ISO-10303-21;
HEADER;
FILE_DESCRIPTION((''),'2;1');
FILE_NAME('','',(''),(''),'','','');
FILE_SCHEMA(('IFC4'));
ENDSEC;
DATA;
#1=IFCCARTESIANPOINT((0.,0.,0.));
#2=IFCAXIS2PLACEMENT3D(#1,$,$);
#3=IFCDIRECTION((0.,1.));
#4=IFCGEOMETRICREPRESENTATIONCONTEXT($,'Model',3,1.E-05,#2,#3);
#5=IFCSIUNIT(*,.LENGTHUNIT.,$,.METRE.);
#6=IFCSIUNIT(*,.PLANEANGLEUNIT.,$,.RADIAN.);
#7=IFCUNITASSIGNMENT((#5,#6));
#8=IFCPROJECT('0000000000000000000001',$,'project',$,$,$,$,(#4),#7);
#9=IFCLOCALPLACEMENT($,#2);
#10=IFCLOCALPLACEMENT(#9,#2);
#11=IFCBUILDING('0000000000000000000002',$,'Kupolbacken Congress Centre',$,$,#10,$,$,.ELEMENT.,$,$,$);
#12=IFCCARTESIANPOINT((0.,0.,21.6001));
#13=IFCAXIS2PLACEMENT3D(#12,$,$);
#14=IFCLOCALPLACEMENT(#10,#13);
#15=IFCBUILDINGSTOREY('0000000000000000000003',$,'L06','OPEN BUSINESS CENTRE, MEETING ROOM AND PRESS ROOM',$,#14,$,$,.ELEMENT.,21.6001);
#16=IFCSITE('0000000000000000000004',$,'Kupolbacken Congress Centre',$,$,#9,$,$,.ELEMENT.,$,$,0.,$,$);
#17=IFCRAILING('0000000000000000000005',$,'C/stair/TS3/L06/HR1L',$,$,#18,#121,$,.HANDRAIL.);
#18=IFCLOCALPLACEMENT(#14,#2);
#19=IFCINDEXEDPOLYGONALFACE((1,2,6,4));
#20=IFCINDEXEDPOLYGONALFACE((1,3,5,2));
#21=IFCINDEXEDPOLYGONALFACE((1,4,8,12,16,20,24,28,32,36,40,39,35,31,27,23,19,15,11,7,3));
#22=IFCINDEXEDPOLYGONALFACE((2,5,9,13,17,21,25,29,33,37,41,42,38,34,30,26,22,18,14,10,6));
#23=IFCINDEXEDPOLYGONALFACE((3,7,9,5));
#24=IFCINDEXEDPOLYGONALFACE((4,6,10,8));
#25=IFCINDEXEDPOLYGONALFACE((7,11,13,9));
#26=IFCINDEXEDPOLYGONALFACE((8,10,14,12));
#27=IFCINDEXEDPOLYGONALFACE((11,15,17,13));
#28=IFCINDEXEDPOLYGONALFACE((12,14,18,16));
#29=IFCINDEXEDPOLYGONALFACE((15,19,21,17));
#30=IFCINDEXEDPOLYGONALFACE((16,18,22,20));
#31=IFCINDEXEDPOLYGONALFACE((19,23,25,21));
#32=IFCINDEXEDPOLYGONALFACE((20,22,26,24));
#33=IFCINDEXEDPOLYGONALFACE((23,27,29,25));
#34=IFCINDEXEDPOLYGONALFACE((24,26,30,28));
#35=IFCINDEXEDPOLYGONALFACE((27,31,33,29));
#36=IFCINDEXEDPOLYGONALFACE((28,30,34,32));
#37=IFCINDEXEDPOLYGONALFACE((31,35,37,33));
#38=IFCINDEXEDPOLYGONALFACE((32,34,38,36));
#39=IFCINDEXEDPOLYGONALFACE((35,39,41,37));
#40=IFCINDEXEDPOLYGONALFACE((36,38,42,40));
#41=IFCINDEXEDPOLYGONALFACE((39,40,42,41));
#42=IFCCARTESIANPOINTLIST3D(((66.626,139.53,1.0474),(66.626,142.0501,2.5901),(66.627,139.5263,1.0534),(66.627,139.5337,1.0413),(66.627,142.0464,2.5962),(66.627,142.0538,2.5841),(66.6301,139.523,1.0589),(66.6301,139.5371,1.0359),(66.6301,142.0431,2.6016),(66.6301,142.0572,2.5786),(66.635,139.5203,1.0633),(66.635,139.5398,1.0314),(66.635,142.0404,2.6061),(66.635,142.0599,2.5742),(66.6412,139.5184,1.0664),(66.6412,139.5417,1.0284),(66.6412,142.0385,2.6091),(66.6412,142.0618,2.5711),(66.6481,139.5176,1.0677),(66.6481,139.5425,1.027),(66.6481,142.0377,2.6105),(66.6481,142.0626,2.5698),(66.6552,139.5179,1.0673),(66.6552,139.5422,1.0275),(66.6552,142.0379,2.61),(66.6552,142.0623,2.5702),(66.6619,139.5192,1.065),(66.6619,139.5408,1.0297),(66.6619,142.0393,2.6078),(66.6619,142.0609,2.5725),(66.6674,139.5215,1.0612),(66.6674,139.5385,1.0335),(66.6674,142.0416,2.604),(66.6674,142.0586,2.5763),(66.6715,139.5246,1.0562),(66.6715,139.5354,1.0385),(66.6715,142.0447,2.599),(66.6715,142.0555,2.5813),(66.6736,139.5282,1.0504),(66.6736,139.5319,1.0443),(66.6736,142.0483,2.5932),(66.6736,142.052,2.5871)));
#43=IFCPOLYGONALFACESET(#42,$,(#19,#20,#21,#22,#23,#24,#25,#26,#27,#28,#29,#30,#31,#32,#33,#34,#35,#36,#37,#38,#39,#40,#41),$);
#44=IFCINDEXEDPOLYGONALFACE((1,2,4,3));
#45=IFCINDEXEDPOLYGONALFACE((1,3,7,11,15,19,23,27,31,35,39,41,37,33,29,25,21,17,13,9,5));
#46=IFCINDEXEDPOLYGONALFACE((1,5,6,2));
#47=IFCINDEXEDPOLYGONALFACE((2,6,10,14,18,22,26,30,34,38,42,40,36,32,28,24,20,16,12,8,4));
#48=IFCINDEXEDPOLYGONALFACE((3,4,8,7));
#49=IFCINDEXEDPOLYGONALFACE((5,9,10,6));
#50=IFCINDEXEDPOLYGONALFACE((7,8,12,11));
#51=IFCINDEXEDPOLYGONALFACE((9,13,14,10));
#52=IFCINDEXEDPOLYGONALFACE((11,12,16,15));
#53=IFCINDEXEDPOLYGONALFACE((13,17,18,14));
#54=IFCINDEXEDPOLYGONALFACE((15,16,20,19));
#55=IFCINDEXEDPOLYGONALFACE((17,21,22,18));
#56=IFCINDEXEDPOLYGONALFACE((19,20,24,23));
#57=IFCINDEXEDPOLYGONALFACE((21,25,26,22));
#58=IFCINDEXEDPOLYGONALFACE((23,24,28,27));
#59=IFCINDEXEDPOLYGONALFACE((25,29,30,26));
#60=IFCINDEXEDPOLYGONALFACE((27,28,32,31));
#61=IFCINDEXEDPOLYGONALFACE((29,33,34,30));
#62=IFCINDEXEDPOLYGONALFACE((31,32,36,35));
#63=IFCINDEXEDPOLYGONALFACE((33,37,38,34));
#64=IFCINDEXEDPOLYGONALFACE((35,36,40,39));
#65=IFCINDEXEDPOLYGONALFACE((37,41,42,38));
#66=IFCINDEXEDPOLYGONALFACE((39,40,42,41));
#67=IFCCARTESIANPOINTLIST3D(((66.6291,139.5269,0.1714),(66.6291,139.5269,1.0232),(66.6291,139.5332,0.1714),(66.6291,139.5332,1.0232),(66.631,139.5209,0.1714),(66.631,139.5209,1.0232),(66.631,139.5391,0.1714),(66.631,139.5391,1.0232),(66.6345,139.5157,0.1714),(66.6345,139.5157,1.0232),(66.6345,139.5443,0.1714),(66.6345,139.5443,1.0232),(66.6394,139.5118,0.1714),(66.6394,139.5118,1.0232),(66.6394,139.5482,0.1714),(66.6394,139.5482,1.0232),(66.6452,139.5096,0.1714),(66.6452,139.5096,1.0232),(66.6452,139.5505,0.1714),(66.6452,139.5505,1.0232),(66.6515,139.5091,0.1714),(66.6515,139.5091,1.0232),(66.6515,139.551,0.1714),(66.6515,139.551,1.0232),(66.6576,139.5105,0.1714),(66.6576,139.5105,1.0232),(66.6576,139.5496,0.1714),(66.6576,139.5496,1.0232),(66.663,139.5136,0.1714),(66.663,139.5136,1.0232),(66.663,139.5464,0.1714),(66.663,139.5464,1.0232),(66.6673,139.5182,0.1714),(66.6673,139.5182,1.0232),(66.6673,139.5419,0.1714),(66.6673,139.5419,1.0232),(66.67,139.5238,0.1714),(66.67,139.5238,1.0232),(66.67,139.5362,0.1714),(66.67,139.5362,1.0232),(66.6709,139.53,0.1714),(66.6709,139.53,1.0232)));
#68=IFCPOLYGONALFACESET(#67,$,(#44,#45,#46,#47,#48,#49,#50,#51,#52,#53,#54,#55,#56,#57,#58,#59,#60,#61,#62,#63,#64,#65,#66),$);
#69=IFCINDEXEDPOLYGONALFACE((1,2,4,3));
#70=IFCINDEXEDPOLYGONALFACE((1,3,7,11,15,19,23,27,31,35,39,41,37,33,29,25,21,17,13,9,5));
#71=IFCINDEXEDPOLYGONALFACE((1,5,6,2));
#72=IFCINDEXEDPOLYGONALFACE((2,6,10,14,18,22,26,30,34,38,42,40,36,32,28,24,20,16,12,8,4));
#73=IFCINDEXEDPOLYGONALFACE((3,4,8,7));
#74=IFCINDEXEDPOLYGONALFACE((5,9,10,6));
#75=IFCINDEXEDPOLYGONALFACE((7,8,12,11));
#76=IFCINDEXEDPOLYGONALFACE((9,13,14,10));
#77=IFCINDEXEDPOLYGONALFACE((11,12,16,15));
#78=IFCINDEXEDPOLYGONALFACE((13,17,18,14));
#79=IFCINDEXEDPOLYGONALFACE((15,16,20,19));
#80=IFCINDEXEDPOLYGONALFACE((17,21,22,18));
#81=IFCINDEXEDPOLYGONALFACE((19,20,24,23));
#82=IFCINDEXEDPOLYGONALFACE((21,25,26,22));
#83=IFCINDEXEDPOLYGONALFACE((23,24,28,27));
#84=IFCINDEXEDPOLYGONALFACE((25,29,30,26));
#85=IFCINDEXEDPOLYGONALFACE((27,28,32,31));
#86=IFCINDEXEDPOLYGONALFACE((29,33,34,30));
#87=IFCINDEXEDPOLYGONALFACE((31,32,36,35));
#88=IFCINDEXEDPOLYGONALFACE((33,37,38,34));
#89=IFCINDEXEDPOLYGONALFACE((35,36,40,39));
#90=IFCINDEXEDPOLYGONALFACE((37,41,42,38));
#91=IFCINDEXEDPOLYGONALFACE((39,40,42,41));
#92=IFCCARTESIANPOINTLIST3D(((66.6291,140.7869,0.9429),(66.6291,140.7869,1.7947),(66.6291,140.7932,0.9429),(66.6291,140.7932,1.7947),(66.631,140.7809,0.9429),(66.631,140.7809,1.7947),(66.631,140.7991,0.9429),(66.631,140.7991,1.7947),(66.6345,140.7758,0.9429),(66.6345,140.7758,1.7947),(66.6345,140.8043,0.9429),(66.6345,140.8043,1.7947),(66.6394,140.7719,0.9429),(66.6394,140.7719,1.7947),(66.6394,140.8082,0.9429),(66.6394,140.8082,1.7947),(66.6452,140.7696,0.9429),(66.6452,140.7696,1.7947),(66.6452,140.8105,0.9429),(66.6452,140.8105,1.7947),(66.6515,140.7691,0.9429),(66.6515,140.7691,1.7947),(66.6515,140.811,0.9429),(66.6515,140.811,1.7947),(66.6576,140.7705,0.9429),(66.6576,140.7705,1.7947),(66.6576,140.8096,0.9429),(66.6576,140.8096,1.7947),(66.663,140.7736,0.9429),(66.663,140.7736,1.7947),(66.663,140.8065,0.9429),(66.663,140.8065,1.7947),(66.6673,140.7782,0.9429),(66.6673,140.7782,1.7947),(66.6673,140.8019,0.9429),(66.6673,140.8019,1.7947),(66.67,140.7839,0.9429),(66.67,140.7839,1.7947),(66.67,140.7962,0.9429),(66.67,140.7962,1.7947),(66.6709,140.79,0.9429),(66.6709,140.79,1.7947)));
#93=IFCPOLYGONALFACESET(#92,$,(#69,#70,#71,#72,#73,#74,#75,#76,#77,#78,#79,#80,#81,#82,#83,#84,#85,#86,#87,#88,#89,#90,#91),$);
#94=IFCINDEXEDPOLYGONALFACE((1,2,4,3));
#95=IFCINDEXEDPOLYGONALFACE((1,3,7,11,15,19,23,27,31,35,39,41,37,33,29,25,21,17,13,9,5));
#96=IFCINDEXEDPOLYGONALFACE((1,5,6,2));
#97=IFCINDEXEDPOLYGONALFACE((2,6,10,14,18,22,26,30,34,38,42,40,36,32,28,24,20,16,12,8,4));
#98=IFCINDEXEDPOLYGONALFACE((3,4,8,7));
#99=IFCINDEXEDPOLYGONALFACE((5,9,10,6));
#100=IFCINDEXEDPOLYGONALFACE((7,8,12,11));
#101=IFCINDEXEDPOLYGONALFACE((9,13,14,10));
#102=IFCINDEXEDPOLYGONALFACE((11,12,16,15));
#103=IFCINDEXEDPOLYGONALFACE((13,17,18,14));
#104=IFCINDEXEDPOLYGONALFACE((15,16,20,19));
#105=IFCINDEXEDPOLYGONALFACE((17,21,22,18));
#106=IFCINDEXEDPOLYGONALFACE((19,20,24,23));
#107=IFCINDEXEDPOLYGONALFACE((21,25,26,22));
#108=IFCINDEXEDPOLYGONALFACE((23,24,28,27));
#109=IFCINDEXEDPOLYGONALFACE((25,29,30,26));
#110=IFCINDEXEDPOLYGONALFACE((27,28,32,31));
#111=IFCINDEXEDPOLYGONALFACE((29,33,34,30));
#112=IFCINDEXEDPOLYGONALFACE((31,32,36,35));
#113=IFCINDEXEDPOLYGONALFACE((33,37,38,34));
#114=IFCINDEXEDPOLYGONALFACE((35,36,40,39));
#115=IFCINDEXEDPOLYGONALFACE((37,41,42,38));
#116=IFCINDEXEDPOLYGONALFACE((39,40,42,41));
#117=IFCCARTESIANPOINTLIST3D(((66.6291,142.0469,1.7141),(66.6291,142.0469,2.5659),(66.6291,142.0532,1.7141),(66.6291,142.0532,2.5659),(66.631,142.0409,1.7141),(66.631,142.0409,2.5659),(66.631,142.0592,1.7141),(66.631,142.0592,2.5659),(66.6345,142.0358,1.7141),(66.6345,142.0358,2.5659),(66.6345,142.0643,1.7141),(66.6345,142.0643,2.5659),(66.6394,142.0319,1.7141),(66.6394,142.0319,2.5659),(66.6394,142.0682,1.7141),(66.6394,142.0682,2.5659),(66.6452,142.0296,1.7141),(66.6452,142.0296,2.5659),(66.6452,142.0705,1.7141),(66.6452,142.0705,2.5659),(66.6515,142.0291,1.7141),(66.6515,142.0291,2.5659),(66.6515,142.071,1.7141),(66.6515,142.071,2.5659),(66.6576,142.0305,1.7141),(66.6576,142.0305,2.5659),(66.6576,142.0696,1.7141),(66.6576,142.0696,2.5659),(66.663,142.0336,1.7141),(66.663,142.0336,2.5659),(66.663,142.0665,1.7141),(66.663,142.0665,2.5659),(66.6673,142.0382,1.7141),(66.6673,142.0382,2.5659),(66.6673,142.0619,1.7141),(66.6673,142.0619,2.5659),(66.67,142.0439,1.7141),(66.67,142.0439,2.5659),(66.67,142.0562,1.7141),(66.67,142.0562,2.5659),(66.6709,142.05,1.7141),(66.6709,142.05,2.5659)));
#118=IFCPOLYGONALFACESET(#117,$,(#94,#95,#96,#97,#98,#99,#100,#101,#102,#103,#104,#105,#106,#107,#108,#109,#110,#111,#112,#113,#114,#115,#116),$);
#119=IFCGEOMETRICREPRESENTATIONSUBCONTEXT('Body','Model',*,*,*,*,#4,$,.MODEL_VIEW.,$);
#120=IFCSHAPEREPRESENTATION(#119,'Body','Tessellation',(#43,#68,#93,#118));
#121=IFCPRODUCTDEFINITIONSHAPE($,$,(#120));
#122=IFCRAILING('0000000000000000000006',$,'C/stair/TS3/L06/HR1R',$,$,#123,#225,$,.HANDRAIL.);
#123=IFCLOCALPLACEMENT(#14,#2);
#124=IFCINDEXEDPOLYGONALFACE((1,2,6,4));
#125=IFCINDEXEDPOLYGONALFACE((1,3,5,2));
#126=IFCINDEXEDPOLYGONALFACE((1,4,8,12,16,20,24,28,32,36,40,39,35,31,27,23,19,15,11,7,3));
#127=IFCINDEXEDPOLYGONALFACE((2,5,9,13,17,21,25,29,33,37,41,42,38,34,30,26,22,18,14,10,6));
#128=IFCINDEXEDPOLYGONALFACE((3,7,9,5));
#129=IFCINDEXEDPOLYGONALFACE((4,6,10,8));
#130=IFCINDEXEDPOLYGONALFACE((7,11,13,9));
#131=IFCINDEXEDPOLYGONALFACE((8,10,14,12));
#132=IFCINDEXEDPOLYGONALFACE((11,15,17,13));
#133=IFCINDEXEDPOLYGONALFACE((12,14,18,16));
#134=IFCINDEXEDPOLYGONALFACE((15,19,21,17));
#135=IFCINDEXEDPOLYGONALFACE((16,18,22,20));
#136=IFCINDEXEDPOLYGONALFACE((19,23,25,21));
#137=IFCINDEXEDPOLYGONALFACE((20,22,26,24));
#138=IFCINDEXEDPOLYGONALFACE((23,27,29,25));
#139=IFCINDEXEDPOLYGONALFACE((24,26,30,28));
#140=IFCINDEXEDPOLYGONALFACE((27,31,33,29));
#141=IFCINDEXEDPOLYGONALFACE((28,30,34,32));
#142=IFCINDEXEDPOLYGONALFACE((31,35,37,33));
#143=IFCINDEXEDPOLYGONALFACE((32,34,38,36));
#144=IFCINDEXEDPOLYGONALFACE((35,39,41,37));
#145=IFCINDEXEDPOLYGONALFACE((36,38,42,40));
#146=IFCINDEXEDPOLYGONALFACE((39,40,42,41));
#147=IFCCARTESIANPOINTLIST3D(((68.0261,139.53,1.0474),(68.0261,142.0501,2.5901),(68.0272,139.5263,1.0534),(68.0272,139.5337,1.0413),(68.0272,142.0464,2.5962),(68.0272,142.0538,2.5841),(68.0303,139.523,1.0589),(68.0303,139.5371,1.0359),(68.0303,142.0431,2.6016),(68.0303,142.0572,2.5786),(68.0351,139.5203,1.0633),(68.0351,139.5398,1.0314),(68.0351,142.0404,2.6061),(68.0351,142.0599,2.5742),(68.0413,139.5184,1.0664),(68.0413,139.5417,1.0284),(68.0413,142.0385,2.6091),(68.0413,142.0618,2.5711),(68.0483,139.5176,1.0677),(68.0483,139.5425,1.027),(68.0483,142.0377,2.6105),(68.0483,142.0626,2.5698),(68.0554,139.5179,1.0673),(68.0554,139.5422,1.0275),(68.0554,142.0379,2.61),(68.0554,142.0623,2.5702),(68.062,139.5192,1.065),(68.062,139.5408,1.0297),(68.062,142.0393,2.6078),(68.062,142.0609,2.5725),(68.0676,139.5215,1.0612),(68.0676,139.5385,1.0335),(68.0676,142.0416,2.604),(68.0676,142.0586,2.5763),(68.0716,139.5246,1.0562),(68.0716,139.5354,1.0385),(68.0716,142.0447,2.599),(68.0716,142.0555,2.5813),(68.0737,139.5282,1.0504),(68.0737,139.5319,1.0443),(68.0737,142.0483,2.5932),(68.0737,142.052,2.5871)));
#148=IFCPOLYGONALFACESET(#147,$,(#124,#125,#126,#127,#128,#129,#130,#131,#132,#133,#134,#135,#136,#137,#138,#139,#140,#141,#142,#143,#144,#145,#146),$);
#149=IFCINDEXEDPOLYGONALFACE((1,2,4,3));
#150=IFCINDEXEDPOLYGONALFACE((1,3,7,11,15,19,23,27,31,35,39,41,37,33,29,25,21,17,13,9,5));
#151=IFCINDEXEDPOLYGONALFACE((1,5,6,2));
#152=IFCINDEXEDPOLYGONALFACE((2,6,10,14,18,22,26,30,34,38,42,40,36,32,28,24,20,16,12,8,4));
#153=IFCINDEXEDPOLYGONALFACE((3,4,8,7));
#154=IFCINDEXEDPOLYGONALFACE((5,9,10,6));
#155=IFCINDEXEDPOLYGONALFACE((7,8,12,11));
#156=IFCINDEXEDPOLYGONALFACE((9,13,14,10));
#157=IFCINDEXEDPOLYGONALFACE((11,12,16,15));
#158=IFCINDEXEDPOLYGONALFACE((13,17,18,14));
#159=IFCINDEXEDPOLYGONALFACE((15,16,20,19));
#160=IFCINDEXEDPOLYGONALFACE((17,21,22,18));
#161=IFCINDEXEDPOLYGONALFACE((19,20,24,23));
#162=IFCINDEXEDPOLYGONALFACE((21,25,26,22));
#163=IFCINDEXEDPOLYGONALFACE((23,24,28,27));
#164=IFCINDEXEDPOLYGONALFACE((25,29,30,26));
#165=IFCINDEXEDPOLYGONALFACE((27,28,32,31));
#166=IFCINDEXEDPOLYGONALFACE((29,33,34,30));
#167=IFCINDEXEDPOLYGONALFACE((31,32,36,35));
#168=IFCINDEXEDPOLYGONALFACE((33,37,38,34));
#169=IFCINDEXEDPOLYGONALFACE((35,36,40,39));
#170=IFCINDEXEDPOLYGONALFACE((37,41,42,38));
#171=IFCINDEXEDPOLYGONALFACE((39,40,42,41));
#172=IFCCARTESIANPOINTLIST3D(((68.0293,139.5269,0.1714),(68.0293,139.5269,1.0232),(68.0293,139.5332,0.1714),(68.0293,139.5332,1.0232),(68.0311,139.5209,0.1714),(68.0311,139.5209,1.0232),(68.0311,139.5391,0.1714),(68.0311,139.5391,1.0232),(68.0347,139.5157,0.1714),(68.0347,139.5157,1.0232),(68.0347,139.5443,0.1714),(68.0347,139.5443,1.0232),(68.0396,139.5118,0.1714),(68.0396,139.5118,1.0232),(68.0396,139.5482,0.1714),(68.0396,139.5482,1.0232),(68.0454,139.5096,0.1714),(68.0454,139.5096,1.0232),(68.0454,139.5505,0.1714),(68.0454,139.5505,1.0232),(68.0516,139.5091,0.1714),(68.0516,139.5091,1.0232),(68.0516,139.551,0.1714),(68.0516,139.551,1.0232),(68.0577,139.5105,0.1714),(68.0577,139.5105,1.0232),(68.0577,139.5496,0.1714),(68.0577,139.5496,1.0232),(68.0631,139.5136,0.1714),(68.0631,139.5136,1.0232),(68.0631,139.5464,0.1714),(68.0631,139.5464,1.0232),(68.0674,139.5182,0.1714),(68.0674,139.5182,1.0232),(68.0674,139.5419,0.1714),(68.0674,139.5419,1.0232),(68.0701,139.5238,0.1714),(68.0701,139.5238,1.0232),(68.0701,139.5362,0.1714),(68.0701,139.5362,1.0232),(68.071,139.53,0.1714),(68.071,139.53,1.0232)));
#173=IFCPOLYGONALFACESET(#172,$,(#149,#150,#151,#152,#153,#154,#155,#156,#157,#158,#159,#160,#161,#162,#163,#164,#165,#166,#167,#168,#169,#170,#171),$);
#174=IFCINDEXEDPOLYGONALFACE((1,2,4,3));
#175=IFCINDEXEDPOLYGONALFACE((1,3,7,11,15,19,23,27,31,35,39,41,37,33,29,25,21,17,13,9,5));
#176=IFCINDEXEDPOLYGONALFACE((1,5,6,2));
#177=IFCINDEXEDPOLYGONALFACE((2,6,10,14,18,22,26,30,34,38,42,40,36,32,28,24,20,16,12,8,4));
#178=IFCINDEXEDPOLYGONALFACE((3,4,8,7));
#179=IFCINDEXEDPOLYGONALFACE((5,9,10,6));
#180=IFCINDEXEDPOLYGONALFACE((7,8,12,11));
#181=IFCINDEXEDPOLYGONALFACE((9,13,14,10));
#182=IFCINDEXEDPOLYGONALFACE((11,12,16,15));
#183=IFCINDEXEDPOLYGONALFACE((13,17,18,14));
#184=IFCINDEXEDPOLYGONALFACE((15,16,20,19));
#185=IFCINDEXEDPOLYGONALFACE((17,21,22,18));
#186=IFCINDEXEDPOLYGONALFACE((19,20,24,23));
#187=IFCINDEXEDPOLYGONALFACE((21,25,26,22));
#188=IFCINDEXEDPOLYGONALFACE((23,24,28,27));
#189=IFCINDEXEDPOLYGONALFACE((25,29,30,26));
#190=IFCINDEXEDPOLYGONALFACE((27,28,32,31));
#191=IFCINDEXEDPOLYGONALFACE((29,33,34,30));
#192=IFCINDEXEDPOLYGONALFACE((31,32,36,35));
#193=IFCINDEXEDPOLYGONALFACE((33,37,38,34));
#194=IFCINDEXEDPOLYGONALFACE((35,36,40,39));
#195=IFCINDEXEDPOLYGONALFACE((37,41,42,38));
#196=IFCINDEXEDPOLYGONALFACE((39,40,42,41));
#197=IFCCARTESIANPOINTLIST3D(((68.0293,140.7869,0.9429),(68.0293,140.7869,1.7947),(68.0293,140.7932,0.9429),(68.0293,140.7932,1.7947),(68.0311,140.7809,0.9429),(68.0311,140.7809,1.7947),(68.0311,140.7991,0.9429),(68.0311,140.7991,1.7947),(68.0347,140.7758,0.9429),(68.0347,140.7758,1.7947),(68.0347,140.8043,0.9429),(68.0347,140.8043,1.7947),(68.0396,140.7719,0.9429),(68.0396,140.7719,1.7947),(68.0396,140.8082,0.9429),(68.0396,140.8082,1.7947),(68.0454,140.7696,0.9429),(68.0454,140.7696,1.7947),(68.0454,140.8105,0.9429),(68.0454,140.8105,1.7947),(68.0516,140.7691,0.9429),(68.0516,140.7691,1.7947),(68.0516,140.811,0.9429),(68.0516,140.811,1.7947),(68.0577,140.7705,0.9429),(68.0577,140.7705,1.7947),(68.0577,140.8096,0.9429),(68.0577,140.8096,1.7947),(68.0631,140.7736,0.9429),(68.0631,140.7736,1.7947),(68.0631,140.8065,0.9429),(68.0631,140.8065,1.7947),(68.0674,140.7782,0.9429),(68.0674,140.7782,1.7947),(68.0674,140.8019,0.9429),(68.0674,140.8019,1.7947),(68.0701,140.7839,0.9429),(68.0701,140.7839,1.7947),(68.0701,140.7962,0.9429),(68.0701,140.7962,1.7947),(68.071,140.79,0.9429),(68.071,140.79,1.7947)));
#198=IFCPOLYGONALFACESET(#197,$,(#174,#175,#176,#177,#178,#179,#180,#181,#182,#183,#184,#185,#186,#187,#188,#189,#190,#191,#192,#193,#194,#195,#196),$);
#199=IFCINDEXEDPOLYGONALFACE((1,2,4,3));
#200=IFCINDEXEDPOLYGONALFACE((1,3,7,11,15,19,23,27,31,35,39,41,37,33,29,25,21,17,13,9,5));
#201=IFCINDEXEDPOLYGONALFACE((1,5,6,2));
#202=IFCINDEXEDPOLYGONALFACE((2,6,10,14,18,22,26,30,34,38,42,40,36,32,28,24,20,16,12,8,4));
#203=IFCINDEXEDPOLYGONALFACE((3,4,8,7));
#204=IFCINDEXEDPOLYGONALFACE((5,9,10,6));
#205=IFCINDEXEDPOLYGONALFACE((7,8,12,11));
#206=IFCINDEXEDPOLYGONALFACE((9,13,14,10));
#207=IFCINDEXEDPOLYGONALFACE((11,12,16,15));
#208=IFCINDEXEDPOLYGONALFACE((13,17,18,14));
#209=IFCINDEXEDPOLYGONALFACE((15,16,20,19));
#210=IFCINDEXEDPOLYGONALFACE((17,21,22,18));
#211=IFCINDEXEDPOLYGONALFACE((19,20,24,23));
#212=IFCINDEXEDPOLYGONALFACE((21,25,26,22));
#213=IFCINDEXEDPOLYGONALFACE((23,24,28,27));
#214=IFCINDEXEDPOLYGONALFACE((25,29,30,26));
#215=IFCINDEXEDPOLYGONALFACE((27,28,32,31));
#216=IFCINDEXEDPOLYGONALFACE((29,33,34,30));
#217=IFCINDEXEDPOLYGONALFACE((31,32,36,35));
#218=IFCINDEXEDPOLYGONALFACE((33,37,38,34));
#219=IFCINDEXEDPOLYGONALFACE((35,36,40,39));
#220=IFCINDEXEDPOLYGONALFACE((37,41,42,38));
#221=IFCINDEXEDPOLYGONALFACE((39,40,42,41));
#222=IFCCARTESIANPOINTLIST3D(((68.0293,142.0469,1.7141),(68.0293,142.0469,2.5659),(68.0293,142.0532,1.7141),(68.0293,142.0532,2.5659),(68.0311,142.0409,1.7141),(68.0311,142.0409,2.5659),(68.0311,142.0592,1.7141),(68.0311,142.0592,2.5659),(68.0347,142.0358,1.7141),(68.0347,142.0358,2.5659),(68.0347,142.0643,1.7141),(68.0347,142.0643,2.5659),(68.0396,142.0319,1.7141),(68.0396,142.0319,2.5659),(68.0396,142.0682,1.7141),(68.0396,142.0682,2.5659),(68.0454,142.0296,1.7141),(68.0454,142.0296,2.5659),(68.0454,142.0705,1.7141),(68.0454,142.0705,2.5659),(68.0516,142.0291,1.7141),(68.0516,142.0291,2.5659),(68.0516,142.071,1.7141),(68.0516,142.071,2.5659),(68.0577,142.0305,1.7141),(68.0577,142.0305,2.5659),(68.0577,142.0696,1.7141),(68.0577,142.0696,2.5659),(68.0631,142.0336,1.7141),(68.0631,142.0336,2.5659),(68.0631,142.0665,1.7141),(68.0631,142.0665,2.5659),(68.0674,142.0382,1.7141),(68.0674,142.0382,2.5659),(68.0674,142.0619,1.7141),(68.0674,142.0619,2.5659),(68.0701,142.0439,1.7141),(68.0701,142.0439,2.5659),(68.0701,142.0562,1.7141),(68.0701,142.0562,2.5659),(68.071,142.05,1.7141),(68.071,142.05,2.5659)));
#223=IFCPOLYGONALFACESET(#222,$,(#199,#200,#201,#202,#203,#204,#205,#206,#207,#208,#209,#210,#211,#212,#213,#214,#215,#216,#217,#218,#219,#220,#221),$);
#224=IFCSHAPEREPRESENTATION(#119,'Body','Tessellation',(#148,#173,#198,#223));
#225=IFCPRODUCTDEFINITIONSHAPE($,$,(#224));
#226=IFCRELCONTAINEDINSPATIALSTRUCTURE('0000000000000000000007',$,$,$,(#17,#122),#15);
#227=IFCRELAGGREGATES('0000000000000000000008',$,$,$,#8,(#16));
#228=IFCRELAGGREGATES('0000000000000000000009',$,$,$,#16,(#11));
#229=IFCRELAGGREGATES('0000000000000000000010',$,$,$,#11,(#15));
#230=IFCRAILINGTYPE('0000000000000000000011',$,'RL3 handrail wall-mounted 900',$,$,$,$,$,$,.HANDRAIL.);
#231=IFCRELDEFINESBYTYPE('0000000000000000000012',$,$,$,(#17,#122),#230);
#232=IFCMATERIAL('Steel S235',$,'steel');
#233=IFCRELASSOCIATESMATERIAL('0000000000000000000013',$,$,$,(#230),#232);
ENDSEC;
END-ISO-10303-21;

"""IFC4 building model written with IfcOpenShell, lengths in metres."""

from ifc_helpers import new_model, si_unit, direction, frame, origin, origin_2d, place, context, subcontext, project, spatial, circle, extrude, material, type_object, element, save


model = new_model("IFC4")

# Units and contexts
model_context = context("Model", 3, precision=1e-05, world=origin(), true_north=direction((0.0, 1.0)))
body_context = subcontext(model_context, "Body", "Model", "MODEL_VIEW")
ifc_project = project(units=[si_unit("LENGTHUNIT", "METRE"), si_unit("PLANEANGLEUNIT", "RADIAN")], contexts=[model_context])

# Site, building, storey
site_placement = place(None, origin())
site = spatial("IfcSite", under=ifc_project, at=site_placement, Name="Kupolbacken Congress Centre", CompositionType="ELEMENT", RefElevation=0.0)
building_placement = place(site_placement, origin())
building = spatial("IfcBuilding", under=site, at=building_placement, Name="Kupolbacken Congress Centre", CompositionType="ELEMENT")
storey_placement = place(building_placement, frame((0.0, 0.0, 21.6001)))
storey = spatial("IfcBuildingStorey", under=building, at=storey_placement, Name="L06", Description="OPEN BUSINESS CENTRE, MEETING ROOM AND PRESS ROOM", CompositionType="ELEMENT", Elevation=21.6001)

# Railings
ifc_material_1 = material(Name="Steel S235", Category="steel")
railing_type = type_object("IfcRailingType", Name="RL3 handrail wall-mounted 900", PredefinedType="HANDRAIL", material=ifc_material_1)
for number, where, name in (
    (1, (66.6499, 139.53, 0.1714), "C/stair/TS3/L06/HR1L"),
    (2, (68.05, 139.53, 0.1714), "C/stair/TS3/L06/HR1R"),
):
    element("IfcRailing", number, at=place(storey_placement, frame(where)), inside=storey, type_object=railing_type, Name=name, PredefinedType="HANDRAIL", context=body_context, shape_type="SweptSolid", body=[
        extrude(circle(Radius=0.0239, at=origin_2d()), frame((0.0, 0.0, 0.876), z_axis=(0.0, 0.852873, 0.522118), x_axis=(-1.0, 0.0, 0.0)), (0.0, 0.0, 1.0), 2.9548),
        extrude(circle(Radius=0.021, at=origin_2d()), origin(), (0.0, 0.0, 1.0), 0.8518),
        extrude(circle(Radius=0.021, at=origin_2d()), frame((0.0, 1.26, 0.7715)), (0.0, 0.0, 1.0), 0.8518),
        extrude(circle(Radius=0.021, at=origin_2d()), frame((0.0, 2.52, 1.5427)), (0.0, 0.0, 1.0), 0.8518),
    ])

save(model, "model.ifc")
